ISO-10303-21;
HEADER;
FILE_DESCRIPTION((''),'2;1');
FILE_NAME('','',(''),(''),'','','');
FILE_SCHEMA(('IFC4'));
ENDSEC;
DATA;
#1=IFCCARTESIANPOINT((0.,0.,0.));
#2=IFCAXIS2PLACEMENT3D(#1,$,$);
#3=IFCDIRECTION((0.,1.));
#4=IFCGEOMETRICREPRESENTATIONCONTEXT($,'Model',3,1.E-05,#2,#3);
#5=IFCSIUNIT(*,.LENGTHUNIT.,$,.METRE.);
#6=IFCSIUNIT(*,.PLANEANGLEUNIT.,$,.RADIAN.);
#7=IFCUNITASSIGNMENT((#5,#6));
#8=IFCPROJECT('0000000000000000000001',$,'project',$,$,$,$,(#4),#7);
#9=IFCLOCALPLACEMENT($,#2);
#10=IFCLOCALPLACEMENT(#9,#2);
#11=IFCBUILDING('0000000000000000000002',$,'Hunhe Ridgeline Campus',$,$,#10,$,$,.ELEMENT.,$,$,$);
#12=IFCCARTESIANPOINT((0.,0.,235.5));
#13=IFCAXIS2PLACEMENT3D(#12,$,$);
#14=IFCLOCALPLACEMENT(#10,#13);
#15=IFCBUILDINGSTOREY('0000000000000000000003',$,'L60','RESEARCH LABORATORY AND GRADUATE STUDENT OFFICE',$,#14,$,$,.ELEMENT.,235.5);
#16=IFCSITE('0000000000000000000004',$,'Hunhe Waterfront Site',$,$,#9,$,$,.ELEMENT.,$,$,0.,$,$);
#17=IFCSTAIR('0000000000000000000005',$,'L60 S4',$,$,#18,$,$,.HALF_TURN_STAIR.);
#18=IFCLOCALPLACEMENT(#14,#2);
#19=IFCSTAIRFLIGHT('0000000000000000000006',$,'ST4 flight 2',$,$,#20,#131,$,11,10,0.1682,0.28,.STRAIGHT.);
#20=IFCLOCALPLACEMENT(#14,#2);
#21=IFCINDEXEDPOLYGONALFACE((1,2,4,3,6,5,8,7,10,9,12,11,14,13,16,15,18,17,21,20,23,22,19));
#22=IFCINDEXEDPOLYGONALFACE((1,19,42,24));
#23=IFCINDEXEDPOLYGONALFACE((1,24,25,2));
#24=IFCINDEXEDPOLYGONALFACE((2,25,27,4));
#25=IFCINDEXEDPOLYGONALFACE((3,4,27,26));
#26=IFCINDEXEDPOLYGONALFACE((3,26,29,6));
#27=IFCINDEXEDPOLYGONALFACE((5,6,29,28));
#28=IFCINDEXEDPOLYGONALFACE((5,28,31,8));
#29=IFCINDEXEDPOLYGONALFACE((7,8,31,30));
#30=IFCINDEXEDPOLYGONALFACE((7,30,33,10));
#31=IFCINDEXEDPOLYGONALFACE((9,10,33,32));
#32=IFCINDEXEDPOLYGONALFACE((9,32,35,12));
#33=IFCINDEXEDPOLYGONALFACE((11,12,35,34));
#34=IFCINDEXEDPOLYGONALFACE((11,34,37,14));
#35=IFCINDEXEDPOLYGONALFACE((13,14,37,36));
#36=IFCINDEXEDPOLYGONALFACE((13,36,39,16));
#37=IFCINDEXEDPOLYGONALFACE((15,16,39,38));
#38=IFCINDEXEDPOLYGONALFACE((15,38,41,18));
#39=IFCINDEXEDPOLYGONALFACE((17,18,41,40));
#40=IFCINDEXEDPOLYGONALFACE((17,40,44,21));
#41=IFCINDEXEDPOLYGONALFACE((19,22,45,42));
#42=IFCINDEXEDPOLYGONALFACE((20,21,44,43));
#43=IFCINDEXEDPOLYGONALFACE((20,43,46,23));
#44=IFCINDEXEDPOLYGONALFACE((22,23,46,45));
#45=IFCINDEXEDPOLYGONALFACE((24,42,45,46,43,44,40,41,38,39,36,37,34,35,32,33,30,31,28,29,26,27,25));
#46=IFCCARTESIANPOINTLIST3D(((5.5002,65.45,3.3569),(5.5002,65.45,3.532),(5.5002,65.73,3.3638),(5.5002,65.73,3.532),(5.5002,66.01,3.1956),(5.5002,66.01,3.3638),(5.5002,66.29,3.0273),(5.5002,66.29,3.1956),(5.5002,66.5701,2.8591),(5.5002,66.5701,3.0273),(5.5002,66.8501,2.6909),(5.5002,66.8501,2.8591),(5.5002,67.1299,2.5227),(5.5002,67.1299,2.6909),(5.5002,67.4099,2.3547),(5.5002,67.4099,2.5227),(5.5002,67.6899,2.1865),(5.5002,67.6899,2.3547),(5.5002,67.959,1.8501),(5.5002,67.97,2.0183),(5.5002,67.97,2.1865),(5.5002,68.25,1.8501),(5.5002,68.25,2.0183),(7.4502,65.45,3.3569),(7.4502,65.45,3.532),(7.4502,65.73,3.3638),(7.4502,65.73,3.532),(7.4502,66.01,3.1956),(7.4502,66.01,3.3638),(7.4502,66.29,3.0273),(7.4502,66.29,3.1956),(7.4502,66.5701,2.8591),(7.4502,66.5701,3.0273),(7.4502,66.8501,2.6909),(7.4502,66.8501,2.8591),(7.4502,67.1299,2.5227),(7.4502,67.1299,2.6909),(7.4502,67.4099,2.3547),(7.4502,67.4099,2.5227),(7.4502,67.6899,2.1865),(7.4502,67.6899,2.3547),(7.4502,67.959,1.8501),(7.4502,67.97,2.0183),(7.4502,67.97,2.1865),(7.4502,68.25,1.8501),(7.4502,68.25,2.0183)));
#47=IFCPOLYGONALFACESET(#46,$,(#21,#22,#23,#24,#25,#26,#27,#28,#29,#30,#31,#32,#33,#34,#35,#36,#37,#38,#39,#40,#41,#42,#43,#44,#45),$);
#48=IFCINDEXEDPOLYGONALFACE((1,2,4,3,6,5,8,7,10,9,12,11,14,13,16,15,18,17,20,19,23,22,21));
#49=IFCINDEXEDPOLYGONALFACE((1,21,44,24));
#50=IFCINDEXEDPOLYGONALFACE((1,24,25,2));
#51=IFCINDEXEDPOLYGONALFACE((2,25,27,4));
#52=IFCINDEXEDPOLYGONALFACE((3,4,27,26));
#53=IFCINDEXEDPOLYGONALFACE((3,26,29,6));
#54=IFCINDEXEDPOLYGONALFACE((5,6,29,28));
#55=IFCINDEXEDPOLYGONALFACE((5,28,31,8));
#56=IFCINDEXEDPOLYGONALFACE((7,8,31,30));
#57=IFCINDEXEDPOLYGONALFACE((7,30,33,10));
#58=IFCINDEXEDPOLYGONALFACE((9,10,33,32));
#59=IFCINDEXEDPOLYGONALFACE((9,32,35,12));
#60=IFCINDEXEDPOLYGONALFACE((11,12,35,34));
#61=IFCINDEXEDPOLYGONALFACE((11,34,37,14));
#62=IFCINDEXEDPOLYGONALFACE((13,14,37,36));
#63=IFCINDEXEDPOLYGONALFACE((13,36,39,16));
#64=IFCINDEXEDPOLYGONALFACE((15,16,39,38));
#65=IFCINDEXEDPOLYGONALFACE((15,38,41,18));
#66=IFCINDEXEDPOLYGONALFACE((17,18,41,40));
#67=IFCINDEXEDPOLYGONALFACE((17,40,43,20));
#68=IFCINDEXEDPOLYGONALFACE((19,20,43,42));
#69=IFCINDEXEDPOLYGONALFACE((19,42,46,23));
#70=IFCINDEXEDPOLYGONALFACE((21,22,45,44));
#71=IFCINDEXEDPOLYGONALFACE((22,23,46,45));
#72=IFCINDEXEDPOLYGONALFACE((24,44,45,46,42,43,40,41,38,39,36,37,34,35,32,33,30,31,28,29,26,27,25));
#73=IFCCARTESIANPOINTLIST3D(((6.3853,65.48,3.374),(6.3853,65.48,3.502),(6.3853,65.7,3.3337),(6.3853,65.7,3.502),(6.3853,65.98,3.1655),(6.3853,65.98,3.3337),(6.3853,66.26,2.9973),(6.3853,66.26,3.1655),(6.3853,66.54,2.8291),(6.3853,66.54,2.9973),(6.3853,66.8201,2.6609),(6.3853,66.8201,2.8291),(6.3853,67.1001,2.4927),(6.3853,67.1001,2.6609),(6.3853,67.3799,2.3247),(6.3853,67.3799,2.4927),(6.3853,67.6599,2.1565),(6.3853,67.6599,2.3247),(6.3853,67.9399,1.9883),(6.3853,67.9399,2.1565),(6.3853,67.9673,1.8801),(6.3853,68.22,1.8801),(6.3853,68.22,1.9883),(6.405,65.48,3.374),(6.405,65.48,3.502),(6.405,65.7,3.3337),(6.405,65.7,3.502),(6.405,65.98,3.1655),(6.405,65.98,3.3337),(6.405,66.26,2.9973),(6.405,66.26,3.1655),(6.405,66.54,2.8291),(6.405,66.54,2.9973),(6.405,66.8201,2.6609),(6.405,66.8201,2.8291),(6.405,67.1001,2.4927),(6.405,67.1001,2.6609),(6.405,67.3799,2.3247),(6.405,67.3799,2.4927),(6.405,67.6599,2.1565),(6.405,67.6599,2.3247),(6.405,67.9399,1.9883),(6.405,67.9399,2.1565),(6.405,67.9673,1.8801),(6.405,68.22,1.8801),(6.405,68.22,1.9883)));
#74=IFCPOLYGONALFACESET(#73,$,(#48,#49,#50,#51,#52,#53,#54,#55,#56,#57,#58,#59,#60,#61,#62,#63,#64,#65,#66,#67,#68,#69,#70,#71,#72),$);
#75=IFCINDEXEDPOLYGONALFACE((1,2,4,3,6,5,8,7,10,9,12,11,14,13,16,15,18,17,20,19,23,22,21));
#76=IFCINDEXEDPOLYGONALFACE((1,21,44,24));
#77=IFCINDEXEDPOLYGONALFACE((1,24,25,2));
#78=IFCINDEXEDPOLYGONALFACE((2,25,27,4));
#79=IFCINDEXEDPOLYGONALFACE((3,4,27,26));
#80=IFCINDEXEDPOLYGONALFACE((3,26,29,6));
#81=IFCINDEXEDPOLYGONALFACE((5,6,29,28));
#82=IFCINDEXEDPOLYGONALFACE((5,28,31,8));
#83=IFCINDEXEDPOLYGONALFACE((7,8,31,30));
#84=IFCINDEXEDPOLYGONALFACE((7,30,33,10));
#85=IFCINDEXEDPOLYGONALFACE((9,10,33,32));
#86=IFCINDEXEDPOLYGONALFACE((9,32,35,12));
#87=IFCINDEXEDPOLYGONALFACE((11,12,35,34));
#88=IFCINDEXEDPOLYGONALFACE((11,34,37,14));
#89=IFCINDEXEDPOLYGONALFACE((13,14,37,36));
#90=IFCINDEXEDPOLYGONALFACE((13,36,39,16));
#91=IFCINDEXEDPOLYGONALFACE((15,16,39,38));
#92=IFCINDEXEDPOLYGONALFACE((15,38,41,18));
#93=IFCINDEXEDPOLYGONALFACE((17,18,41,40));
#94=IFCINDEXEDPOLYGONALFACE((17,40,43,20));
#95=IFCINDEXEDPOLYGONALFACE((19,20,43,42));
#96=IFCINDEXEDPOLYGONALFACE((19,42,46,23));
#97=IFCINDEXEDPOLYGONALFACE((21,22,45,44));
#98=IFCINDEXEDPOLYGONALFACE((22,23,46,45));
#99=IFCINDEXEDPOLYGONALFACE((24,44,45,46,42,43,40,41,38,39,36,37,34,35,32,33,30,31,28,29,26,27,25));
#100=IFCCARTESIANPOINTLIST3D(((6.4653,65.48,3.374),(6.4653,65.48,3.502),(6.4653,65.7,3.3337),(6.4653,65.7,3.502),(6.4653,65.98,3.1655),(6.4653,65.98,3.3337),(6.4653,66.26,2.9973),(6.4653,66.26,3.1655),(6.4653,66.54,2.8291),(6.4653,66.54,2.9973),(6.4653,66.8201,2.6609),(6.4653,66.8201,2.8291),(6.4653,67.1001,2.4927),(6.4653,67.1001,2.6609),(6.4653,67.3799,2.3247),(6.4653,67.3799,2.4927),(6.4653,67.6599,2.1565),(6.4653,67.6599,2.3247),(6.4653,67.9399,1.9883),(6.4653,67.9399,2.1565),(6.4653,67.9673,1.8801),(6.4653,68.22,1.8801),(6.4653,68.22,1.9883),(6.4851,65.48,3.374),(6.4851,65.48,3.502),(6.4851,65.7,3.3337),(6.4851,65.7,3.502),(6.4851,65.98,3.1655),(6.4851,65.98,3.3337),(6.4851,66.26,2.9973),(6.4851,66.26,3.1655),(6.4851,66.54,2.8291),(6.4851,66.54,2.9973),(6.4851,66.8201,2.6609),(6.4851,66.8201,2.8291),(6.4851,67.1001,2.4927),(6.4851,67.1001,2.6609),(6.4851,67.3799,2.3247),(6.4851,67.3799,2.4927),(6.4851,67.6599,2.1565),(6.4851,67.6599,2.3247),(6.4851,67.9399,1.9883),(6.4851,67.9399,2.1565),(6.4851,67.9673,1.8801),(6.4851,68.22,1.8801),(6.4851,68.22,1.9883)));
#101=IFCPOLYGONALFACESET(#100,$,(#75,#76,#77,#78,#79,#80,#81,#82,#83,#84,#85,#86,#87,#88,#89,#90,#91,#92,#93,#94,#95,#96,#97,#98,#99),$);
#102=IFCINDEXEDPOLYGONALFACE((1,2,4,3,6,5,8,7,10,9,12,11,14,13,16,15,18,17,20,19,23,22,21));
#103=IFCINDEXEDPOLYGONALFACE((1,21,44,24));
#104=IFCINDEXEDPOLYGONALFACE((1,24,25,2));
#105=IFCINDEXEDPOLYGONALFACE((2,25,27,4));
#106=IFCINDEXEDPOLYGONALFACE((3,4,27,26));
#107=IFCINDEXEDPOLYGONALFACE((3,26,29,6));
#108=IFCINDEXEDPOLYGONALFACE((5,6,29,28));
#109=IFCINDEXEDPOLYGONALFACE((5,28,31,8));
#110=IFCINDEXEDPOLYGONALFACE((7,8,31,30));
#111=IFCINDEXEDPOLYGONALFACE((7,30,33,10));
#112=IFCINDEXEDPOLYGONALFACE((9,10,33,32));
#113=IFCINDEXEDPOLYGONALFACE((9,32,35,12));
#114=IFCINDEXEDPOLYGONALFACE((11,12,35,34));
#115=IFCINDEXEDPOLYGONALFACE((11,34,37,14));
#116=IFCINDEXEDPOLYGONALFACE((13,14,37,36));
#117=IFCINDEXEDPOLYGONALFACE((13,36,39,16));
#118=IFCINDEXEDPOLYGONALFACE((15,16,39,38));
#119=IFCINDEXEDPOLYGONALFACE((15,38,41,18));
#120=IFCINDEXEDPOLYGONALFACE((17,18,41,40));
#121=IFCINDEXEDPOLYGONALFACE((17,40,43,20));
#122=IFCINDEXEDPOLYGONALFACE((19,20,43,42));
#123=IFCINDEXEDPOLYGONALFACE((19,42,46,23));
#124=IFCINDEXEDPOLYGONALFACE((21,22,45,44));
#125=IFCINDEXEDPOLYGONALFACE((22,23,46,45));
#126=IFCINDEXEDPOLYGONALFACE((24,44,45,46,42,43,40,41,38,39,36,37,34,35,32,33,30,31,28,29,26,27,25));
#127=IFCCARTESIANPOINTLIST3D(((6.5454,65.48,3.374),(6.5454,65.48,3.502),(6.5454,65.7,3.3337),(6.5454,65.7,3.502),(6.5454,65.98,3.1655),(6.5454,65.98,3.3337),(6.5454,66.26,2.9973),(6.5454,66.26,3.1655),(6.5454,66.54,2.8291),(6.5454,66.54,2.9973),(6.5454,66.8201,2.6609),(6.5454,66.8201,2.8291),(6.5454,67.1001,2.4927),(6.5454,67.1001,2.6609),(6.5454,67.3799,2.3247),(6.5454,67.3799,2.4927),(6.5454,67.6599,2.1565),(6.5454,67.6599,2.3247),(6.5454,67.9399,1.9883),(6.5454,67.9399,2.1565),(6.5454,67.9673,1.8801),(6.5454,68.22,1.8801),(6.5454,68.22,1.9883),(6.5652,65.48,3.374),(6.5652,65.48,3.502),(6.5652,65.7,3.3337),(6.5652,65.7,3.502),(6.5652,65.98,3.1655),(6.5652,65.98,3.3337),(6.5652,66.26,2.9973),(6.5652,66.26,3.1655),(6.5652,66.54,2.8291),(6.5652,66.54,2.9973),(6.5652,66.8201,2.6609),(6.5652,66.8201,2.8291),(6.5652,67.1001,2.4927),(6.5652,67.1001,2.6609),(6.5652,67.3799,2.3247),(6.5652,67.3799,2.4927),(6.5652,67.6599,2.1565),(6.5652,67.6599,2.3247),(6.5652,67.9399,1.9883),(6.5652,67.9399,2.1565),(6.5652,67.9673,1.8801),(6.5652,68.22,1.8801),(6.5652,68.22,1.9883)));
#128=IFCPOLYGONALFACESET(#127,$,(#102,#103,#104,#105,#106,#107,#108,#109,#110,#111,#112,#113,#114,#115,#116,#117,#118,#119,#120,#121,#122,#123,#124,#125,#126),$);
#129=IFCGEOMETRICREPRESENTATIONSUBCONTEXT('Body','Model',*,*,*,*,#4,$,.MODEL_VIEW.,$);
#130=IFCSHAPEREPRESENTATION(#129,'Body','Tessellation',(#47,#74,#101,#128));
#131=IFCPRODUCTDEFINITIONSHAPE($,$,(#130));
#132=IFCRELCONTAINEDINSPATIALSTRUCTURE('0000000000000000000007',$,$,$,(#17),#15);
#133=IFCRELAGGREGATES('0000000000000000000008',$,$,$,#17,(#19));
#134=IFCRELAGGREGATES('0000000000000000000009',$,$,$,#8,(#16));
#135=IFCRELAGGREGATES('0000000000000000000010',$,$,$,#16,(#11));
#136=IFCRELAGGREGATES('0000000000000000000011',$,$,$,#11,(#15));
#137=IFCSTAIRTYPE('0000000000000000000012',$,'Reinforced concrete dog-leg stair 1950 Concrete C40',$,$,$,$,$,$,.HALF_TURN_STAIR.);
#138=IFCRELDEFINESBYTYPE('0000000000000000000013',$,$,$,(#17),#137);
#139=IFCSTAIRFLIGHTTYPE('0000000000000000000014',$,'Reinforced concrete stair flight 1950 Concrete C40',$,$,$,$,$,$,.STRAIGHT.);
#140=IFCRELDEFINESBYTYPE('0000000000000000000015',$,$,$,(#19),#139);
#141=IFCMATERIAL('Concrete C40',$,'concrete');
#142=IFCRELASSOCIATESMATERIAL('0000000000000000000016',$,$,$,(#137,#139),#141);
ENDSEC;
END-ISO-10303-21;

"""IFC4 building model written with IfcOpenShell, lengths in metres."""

from ifc_helpers import new_model, si_unit, direction, frame, origin, place, context, subcontext, project, spatial, polyline, outline, extrude, material, type_object, element, aggregate, save


model = new_model("IFC4")

# Units and contexts
model_context = context("Model", 3, precision=1e-05, world=origin(), true_north=direction((0.0, 1.0)))
body_context = subcontext(model_context, "Body", "Model", "MODEL_VIEW")
ifc_project = project(units=[si_unit("LENGTHUNIT", "METRE"), si_unit("PLANEANGLEUNIT", "RADIAN")], contexts=[model_context])

# Site, building, storey
site_placement = place(None, origin())
site = spatial("IfcSite", under=ifc_project, at=site_placement, Name="Hunhe Waterfront Site", CompositionType="ELEMENT", RefElevation=0.0)
building_placement = place(site_placement, origin())
building = spatial("IfcBuilding", under=site, at=building_placement, Name="Hunhe Ridgeline Campus", CompositionType="ELEMENT")
storey_placement = place(building_placement, frame((0.0, 0.0, 235.5)))
storey = spatial("IfcBuildingStorey", under=building, at=storey_placement, Name="L60", Description="RESEARCH LABORATORY AND GRADUATE STUDENT OFFICE", CompositionType="ELEMENT", Elevation=235.5)

# Stair, stair flight
ifc_material_1 = material(Name="Concrete C40", Category="concrete")
stair_type = type_object("IfcStairType", Name="Reinforced concrete dog-leg stair 1950 Concrete C40", PredefinedType="HALF_TURN_STAIR", material=ifc_material_1)
stair_flight_type = type_object("IfcStairFlightType", Name="Reinforced concrete stair flight 1950 Concrete C40", PredefinedType="STRAIGHT", material=ifc_material_1)
stair_1_placement = place(storey_placement, origin())
stair_1 = element("IfcStair", 1, at=stair_1_placement, inside=storey, type_object=stair_type, Name="L60 S4", PredefinedType="HALF_TURN_STAIR")
stair_flight_1_placement = place(storey_placement, frame((6.4751, 68.25, 1.8501), z_axis=(0.0, 0.0, 1.0), x_axis=(0.0, -1.0, 0.0)))
stair_flight_1 = element("IfcStairFlight", 2, at=stair_flight_1_placement, type_object=stair_flight_type, Name="ST4 flight 2", NumberOfRisers=11, NumberOfTreads=10, PredefinedType="STRAIGHT", RiserHeight=0.1682, TreadLength=0.28, context=body_context, shape_type="SweptSolid", body=[
    extrude(outline(polyline([(0.0, 0.0), (0.0, 0.1682), (0.28, 0.1682), (0.28, 0.3364), (0.5601, 0.3364), (0.5601, 0.5046), (0.8401, 0.5046), (0.8401, 0.6726), (1.1201, 0.6726), (1.1201, 0.8408), (1.3999, 0.8408), (1.3999, 1.009), (1.6799, 1.009), (1.6799, 1.1772), (1.96, 1.1772), (1.96, 1.3455), (2.24, 1.3455), (2.24, 1.5137), (2.52, 1.5137), (2.52, 1.6819), (2.8, 1.6819), (2.8, 1.8501), (2.8, 1.5068), (0.291, 0.0), (0.0, 0.0)])), frame((0.0, 0.9751, 0.0), z_axis=(0.0, -1.0, 0.0), x_axis=(1.0, 0.0, 0.0)), (0.0, 0.0, 1.0), 1.95),
    extrude(outline(polyline([(0.03, 0.03), (0.03, 0.1382), (0.3101, 0.1382), (0.3101, 0.3064), (0.5901, 0.3064), (0.5901, 0.4746), (0.8701, 0.4746), (0.8701, 0.6426), (1.1499, 0.6426), (1.1499, 0.8108), (1.4299, 0.8108), (1.4299, 0.979), (1.71, 0.979), (1.71, 1.1472), (1.99, 1.1472), (1.99, 1.3154), (2.27, 1.3154), (2.27, 1.4836), (2.55, 1.4836), (2.55, 1.6519), (2.77, 1.6519), (2.77, 1.5239), (0.2827, 0.03), (0.03, 0.03)])), frame((0.0, -0.0701, 0.0), z_axis=(0.0, -1.0, 0.0), x_axis=(1.0, 0.0, 0.0)), (0.0, 0.0, 1.0), 0.0198),
    extrude(outline(polyline([(0.03, 0.03), (0.03, 0.1382), (0.3101, 0.1382), (0.3101, 0.3064), (0.5901, 0.3064), (0.5901, 0.4746), (0.8701, 0.4746), (0.8701, 0.6426), (1.1499, 0.6426), (1.1499, 0.8108), (1.4299, 0.8108), (1.4299, 0.979), (1.71, 0.979), (1.71, 1.1472), (1.99, 1.1472), (1.99, 1.3154), (2.27, 1.3154), (2.27, 1.4836), (2.55, 1.4836), (2.55, 1.6519), (2.77, 1.6519), (2.77, 1.5239), (0.2827, 0.03), (0.03, 0.03)])), frame((0.0, 0.01, 0.0), z_axis=(0.0, -1.0, 0.0), x_axis=(1.0, 0.0, 0.0)), (0.0, 0.0, 1.0), 0.0198),
    extrude(outline(polyline([(0.03, 0.03), (0.03, 0.1382), (0.3101, 0.1382), (0.3101, 0.3064), (0.5901, 0.3064), (0.5901, 0.4746), (0.8701, 0.4746), (0.8701, 0.6426), (1.1499, 0.6426), (1.1499, 0.8108), (1.4299, 0.8108), (1.4299, 0.979), (1.71, 0.979), (1.71, 1.1472), (1.99, 1.1472), (1.99, 1.3154), (2.27, 1.3154), (2.27, 1.4836), (2.55, 1.4836), (2.55, 1.6519), (2.77, 1.6519), (2.77, 1.5239), (0.2827, 0.03), (0.03, 0.03)])), frame((0.0, 0.0901, 0.0), z_axis=(0.0, -1.0, 0.0), x_axis=(1.0, 0.0, 0.0)), (0.0, 0.0, 1.0), 0.0198),
])
aggregate(stair_1, [stair_flight_1])

save(model, "model.ifc")
